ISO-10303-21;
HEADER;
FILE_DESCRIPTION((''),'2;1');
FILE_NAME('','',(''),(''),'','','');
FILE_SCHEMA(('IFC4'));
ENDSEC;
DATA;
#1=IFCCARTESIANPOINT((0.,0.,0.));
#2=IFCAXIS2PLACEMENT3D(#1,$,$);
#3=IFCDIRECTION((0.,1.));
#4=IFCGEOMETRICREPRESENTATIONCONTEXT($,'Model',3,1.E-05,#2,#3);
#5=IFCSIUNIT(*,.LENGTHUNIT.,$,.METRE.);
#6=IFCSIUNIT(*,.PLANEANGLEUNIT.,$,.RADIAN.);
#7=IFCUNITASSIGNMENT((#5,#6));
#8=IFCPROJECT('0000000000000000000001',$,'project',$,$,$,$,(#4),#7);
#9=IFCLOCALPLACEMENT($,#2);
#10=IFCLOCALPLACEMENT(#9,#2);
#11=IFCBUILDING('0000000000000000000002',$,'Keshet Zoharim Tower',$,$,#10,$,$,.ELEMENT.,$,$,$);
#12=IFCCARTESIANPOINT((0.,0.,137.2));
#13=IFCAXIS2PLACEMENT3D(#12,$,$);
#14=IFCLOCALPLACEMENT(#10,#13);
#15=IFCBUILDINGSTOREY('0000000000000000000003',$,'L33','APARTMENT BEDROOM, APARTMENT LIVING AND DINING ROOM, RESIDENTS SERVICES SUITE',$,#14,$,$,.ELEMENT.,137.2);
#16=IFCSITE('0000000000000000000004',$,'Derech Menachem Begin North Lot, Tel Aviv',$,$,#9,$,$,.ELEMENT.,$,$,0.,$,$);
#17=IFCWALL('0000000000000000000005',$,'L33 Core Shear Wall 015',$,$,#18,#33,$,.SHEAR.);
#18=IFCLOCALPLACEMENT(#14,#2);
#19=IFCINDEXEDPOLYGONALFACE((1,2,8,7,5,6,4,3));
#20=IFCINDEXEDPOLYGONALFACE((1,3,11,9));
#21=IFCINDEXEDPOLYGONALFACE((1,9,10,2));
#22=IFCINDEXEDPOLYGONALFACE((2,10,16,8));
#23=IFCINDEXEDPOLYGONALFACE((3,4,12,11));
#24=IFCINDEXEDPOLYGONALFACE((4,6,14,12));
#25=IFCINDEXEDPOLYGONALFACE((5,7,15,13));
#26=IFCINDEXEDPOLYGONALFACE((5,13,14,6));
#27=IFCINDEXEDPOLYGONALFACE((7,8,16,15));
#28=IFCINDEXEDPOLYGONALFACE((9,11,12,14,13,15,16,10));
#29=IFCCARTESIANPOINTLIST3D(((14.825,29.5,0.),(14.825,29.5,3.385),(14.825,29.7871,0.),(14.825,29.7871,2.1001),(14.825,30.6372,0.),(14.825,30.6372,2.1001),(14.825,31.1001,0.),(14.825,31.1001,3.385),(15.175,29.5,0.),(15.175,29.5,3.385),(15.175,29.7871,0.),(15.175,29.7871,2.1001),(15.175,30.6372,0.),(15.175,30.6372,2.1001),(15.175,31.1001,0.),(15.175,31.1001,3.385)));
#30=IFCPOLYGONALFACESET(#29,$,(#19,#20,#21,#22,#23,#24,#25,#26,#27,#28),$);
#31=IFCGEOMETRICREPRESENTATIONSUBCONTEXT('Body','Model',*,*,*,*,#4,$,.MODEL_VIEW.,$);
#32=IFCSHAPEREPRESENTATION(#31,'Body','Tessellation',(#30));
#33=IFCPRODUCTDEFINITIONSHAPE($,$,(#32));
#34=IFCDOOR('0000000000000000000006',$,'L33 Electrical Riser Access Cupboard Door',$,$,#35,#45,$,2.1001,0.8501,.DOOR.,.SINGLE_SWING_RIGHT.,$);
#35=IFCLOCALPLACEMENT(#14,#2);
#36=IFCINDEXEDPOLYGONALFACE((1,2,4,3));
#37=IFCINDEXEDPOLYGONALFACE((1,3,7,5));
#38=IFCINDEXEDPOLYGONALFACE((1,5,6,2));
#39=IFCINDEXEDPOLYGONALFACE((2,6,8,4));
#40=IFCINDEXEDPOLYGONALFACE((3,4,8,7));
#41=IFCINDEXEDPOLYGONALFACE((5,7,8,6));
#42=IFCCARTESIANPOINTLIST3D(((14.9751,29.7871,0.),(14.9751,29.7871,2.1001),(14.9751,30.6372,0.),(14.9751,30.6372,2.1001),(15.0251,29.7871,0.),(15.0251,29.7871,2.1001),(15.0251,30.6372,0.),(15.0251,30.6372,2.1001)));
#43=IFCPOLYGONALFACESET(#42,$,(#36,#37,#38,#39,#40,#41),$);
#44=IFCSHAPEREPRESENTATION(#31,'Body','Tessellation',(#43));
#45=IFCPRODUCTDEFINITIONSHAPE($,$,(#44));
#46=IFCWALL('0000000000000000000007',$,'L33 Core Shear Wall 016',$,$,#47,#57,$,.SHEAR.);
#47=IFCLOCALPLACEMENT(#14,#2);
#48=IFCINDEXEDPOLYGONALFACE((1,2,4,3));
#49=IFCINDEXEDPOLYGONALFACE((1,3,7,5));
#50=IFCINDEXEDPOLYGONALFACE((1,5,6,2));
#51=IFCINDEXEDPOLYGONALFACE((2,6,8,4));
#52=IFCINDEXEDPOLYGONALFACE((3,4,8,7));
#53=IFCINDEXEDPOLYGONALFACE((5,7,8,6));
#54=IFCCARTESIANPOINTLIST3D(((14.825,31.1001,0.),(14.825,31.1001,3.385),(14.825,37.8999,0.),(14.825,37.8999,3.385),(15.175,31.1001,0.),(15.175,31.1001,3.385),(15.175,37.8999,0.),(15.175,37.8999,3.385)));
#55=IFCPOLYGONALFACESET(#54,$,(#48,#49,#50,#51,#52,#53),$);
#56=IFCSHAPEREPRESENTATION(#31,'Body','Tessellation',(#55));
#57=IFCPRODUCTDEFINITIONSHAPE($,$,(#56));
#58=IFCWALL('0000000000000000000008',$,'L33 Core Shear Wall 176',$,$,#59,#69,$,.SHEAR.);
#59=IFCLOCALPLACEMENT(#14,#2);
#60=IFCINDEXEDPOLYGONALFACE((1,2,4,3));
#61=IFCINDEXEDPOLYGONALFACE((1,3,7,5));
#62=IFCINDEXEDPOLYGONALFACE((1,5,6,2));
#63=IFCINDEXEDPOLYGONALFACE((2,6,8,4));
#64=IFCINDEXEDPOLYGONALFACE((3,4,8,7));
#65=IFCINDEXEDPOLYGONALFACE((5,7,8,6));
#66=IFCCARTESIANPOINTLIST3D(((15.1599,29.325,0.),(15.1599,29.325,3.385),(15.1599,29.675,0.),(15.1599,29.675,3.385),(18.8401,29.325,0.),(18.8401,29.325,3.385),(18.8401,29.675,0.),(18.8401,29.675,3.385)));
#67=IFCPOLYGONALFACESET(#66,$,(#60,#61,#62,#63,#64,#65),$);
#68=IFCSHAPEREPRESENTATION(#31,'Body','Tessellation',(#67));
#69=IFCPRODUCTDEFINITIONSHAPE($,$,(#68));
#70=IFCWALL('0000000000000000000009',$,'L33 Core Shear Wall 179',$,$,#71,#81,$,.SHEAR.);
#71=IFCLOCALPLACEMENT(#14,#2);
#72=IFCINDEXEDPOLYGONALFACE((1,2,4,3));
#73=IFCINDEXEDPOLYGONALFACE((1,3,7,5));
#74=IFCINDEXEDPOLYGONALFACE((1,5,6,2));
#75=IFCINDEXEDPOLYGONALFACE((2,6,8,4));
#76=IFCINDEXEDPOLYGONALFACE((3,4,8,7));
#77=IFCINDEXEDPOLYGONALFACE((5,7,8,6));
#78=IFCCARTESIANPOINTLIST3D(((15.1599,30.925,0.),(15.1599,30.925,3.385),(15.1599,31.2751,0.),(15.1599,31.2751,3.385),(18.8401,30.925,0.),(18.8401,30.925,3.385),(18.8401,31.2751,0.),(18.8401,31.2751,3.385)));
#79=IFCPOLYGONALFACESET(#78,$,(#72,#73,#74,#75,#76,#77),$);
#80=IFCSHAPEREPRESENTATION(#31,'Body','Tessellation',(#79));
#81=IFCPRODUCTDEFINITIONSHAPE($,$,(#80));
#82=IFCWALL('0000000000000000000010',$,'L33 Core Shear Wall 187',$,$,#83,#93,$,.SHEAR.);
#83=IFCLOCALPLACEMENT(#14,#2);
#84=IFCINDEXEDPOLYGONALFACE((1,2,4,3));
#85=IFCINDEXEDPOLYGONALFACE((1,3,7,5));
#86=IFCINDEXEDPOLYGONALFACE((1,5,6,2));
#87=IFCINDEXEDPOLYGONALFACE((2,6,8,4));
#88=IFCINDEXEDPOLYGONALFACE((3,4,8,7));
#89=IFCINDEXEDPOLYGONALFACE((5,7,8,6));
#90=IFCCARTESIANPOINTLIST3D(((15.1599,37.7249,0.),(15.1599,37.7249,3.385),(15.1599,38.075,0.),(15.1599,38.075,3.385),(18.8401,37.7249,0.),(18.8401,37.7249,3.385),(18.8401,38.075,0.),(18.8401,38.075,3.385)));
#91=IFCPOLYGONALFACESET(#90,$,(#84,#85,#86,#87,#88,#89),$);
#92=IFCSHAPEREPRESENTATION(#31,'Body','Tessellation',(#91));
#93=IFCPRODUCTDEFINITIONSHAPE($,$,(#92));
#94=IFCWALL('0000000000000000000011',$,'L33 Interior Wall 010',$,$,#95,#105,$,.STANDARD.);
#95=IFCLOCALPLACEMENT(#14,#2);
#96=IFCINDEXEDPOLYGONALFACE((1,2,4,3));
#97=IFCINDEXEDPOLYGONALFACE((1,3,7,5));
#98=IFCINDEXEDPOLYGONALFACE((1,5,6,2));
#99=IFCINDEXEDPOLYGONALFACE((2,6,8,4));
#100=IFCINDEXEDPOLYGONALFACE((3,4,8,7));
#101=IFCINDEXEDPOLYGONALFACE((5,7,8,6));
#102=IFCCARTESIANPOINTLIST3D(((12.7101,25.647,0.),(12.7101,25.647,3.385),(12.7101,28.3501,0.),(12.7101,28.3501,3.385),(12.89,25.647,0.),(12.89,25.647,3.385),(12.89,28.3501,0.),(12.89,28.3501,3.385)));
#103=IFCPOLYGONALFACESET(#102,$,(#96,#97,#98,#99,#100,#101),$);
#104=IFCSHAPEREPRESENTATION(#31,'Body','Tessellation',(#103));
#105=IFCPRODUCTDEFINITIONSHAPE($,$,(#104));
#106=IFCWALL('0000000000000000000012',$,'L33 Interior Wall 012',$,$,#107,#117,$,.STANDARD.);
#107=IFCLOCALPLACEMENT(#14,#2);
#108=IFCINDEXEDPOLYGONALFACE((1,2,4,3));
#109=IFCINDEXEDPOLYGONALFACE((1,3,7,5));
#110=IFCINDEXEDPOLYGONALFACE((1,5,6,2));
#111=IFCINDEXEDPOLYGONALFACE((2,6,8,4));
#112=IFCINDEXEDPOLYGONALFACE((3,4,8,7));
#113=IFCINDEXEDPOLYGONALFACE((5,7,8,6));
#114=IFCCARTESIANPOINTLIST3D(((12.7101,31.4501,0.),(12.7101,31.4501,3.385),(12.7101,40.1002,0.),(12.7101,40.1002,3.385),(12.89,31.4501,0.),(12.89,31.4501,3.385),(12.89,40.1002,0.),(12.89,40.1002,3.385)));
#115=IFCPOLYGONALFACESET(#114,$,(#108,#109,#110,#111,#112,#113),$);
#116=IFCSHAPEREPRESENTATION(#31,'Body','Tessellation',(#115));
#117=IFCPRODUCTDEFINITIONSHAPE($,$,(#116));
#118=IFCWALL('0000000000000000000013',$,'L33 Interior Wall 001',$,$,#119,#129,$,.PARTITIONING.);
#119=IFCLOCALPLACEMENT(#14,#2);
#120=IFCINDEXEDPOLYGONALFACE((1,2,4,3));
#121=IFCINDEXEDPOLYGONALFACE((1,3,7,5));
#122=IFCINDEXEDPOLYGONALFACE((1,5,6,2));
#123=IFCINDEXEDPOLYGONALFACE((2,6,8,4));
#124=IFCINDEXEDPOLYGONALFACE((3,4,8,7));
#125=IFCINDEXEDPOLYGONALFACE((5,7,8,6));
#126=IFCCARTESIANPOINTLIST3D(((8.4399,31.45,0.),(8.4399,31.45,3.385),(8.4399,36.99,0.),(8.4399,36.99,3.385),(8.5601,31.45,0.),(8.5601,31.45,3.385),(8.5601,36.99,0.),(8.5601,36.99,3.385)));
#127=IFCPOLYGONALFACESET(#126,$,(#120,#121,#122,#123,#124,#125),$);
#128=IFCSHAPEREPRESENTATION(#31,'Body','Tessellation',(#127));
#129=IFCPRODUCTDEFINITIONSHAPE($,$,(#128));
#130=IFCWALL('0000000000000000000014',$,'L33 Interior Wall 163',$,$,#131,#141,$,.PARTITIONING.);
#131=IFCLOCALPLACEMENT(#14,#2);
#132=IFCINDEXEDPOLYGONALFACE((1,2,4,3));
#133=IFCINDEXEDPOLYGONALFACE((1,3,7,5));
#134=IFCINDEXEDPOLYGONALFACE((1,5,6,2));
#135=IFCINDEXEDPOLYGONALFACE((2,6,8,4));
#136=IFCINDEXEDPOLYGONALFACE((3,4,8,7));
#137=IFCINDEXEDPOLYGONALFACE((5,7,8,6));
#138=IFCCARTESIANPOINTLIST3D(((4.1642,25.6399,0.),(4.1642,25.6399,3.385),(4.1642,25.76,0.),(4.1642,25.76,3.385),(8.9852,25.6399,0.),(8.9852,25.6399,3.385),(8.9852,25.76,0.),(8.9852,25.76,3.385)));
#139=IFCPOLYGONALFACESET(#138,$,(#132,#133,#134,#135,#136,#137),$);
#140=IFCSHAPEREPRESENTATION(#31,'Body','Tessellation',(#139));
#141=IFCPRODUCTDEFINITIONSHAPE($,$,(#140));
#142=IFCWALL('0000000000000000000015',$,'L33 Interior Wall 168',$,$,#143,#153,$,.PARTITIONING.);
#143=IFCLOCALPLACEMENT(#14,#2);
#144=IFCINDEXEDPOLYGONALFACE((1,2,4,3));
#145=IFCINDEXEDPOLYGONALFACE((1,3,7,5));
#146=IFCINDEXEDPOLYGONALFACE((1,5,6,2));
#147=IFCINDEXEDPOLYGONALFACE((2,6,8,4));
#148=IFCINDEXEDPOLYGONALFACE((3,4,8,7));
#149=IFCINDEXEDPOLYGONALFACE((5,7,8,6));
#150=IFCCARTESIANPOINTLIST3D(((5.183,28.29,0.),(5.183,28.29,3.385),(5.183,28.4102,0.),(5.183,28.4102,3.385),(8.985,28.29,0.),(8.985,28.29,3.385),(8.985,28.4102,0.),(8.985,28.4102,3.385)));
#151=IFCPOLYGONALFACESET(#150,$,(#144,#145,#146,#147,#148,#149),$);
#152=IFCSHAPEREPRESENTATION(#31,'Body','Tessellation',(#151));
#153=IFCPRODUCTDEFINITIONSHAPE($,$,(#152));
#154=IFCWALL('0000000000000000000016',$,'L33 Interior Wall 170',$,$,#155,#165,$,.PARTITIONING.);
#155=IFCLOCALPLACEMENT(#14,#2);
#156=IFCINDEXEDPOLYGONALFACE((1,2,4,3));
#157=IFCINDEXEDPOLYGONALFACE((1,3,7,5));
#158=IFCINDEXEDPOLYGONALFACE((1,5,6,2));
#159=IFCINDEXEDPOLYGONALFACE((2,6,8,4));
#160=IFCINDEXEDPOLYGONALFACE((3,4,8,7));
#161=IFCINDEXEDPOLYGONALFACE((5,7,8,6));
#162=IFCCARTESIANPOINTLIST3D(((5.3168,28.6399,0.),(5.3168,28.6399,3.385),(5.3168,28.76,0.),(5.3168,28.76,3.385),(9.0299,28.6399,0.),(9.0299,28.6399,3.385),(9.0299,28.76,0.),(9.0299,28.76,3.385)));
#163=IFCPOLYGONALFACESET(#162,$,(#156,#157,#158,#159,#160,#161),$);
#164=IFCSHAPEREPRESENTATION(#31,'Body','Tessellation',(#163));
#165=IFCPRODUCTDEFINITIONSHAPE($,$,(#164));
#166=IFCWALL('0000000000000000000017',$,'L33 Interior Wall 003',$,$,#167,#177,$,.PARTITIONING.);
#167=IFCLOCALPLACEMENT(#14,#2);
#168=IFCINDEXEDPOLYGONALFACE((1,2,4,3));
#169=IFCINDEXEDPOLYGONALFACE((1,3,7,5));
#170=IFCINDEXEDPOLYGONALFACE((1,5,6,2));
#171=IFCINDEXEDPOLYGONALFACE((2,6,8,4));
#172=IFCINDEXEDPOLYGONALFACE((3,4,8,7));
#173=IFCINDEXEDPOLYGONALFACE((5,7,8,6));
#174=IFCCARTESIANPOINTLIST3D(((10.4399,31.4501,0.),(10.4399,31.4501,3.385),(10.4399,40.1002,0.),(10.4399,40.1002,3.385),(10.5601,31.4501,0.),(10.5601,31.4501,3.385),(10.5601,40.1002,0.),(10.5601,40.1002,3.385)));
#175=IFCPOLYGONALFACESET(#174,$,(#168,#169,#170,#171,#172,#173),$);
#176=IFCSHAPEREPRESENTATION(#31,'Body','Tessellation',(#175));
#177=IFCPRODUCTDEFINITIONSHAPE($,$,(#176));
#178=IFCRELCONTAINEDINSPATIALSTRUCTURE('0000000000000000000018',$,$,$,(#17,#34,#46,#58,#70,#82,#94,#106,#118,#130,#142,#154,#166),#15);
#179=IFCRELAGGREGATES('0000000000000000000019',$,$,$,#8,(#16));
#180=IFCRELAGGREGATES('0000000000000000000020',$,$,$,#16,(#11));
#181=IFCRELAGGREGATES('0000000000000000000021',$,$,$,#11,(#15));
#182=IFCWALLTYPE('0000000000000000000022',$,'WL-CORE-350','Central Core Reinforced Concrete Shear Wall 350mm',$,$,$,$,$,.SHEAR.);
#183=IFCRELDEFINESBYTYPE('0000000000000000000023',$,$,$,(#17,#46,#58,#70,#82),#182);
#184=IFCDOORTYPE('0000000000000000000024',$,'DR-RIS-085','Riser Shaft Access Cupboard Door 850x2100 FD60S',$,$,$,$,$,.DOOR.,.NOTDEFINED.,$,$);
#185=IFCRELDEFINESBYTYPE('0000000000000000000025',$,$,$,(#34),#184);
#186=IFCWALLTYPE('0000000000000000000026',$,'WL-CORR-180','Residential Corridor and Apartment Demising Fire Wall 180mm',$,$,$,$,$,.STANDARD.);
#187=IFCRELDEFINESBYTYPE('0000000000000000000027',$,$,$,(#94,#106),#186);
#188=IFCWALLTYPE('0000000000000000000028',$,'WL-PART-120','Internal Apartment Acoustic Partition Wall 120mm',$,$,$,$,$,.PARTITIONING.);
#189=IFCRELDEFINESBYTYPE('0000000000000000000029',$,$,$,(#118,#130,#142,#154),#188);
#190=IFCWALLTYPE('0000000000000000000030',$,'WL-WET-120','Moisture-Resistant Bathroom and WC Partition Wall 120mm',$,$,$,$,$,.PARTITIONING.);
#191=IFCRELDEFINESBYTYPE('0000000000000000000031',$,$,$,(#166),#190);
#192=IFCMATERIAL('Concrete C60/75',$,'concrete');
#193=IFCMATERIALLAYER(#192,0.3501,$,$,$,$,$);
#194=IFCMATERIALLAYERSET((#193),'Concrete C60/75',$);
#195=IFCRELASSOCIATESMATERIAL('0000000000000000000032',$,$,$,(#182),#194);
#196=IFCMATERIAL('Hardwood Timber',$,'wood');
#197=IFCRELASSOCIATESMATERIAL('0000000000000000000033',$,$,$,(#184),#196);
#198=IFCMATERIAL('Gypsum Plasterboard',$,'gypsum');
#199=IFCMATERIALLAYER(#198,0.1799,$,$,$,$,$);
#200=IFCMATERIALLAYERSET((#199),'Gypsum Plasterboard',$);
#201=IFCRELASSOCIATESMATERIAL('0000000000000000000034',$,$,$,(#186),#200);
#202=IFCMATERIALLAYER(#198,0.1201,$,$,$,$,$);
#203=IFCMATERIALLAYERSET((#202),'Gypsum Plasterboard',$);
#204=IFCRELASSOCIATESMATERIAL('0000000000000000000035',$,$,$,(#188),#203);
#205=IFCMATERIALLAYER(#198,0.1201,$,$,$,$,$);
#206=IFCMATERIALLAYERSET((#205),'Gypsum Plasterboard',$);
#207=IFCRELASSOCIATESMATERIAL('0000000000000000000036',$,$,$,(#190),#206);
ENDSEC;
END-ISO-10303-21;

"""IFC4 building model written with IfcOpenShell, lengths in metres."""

from ifc_helpers import new_model, si_unit, direction, frame, frame_2d, origin, place, context, subcontext, project, spatial, rectangle, extrude, material, layer, layer_set, type_object, element, fill, save


model = new_model("IFC4")

# Units and contexts
model_context = context("Model", 3, precision=1e-05, world=origin(), true_north=direction((0.0, 1.0)))
body_context = subcontext(model_context, "Body", "Model", "MODEL_VIEW")
ifc_project = project(units=[si_unit("LENGTHUNIT", "METRE"), si_unit("PLANEANGLEUNIT", "RADIAN")], contexts=[model_context])

# Site, building, storey
site_placement = place(None, origin())
site = spatial("IfcSite", under=ifc_project, at=site_placement, Name="Derech Menachem Begin North Lot, Tel Aviv", CompositionType="ELEMENT", RefElevation=0.0)
building_placement = place(site_placement, origin())
building = spatial("IfcBuilding", under=site, at=building_placement, Name="Keshet Zoharim Tower", CompositionType="ELEMENT")
storey_placement = place(building_placement, frame((0.0, 0.0, 137.2)))
storey = spatial("IfcBuildingStorey", under=building, at=storey_placement, Name="L33", Description="APARTMENT BEDROOM, APARTMENT LIVING AND DINING ROOM, RESIDENTS SERVICES SUITE", CompositionType="ELEMENT", Elevation=137.2)

# Wall, opening, door
ifc_material_1 = material(Name="Concrete C60/75", Category="concrete")
ifc_layer_1 = layer(ifc_material_1, 0.3501)
ifc_layer_set_1 = layer_set([ifc_layer_1], Name="Concrete C60/75")
wall_type_1 = type_object("IfcWallType", Name="WL-CORE-350", Description="Central Core Reinforced Concrete Shear Wall 350mm", PredefinedType="SHEAR", material=ifc_layer_set_1)
wall_1_placement = place(storey_placement, frame((15.0, 29.5, 0.0), z_axis=(0.0, 0.0, 1.0), x_axis=(0.0, 1.0, 0.0)))
wall_1 = element("IfcWall", 1, at=wall_1_placement, inside=storey, type_object=wall_type_1, Name="L33 Core Shear Wall 015", PredefinedType="SHEAR", context=body_context, shape_type="SweptSolid", body=[
    extrude(rectangle(XDim=1.6001, YDim=0.3501, at=frame_2d((0.8, 0.0))), origin(), (0.0, 0.0, 1.0), 3.385),
])
opening_1_placement = place(wall_1_placement, frame((0.2871, 0.0, 0.0)))
opening_1 = element("IfcOpeningElement", 2, at=opening_1_placement, cuts=wall_1, PredefinedType="OPENING", context=body_context, shape_type="SweptSolid", body=[
    extrude(rectangle(XDim=0.8501, YDim=2.1001, at=frame_2d((0.425, 1.05))), frame((0.0, 0.1851, 0.0), z_axis=(0.0, -1.0, 0.0), x_axis=(1.0, 0.0, 0.0)), (0.0, 0.0, 1.0), 0.3701),
])
ifc_material_2 = material(Name="Hardwood Timber", Category="wood")
door_type_1 = type_object("IfcDoorType", Name="DR-RIS-085", Description="Riser Shaft Access Cupboard Door 850x2100 FD60S", OperationType="NOTDEFINED", PredefinedType="DOOR", material=ifc_material_2)
door_1_placement = place(opening_1_placement, origin())
door_1 = element("IfcDoor", 3, at=door_1_placement, inside=storey, type_object=door_type_1, Name="L33 Electrical Riser Access Cupboard Door", OperationType="SINGLE_SWING_RIGHT", OverallHeight=2.1001, OverallWidth=0.8501, PredefinedType="DOOR", context=body_context, shape_type="SweptSolid", body=[
    extrude(rectangle(XDim=0.8501, YDim=2.1001, at=frame_2d((0.425, 1.05))), frame((0.0, 0.0249, 0.0), z_axis=(0.0, -1.0, 0.0), x_axis=(1.0, 0.0, 0.0)), (0.0, 0.0, 1.0), 0.05),
])
fill(opening_1, door_1)

# Walls
wall_2_placement = place(storey_placement, frame((15.0, 31.1001, 0.0), z_axis=(0.0, 0.0, 1.0), x_axis=(0.0, 1.0, 0.0)))
element("IfcWall", 4, at=wall_2_placement, inside=storey, type_object=wall_type_1, Name="L33 Core Shear Wall 016", PredefinedType="SHEAR", context=body_context, shape_type="SweptSolid", body=[
    extrude(rectangle(XDim=6.7998, YDim=0.3501, at=frame_2d((3.3999, 0.0))), origin(), (0.0, 0.0, 1.0), 3.385),
])
for number, where, z_axis, x_axis, name in (
    (5, (15.1599, 29.5, 0.0), (0.0, 0.0, 1.0), (1.0, 0.0, 0.0), "L33 Core Shear Wall 176"),
    (6, (15.1599, 31.1001, 0.0), (0.0, 0.0, 1.0), (1.0, 0.0, 0.0), "L33 Core Shear Wall 179"),
    (7, (15.1599, 37.8999, 0.0), (0.0, 0.0, 1.0), (1.0, 0.0, 0.0), "L33 Core Shear Wall 187"),
):
    element("IfcWall", number, at=place(storey_placement, frame(where, z_axis=z_axis, x_axis=x_axis)), inside=storey, type_object=wall_type_1, Name=name, PredefinedType="SHEAR", context=body_context, shape_type="SweptSolid", body=[
        extrude(rectangle(XDim=3.6802, YDim=0.3501, at=frame_2d((1.8401, 0.0))), origin(), (0.0, 0.0, 1.0), 3.385),
    ])
ifc_material_3 = material(Name="Gypsum Plasterboard", Category="gypsum")
ifc_layer_2 = layer(ifc_material_3, 0.1799)
ifc_layer_set_2 = layer_set([ifc_layer_2], Name="Gypsum Plasterboard")
wall_type_2 = type_object("IfcWallType", Name="WL-CORR-180", Description="Residential Corridor and Apartment Demising Fire Wall 180mm", PredefinedType="STANDARD", material=ifc_layer_set_2)
wall_3_placement = place(storey_placement, frame((12.8, 25.647, 0.0), z_axis=(0.0, 0.0, 1.0), x_axis=(0.0, 1.0, 0.0)))
element("IfcWall", 8, at=wall_3_placement, inside=storey, type_object=wall_type_2, Name="L33 Interior Wall 010", PredefinedType="STANDARD", context=body_context, shape_type="SweptSolid", body=[
    extrude(rectangle(XDim=2.7031, YDim=0.1799, at=frame_2d((1.3516, 0.0))), origin(), (0.0, 0.0, 1.0), 3.385),
])

# Walls
wall_4_placement = place(storey_placement, frame((12.8, 31.45, 0.0), z_axis=(0.0, 0.0, 1.0), x_axis=(0.0, 1.0, 0.0)))
element("IfcWall", 9, at=wall_4_placement, inside=storey, type_object=wall_type_2, Name="L33 Interior Wall 012", PredefinedType="STANDARD", context=body_context, shape_type="SweptSolid", body=[
    extrude(rectangle(XDim=8.6501, YDim=0.1799, at=frame_2d((4.3252, 0.0))), origin(), (0.0, 0.0, 1.0), 3.385),
])
ifc_layer_3 = layer(ifc_material_3, 0.1201)
ifc_layer_set_3 = layer_set([ifc_layer_3], Name="Gypsum Plasterboard")
wall_type_3 = type_object("IfcWallType", Name="WL-PART-120", Description="Internal Apartment Acoustic Partition Wall 120mm", PredefinedType="PARTITIONING", material=ifc_layer_set_3)
wall_5_placement = place(storey_placement, frame((8.5, 31.45, 0.0), z_axis=(0.0, 0.0, 1.0), x_axis=(0.0, 1.0, 0.0)))
element("IfcWall", 10, at=wall_5_placement, inside=storey, type_object=wall_type_3, Name="L33 Interior Wall 001", PredefinedType="PARTITIONING", context=body_context, shape_type="SweptSolid", body=[
    extrude(rectangle(XDim=5.54, YDim=0.1201, at=frame_2d((2.77, 0.0))), origin(), (0.0, 0.0, 1.0), 3.385),
])

# Walls
wall_6_placement = place(storey_placement, frame((4.1641, 25.7, 0.0), z_axis=(0.0, 0.0, 1.0), x_axis=(1.0, 0.0, 0.0)))
element("IfcWall", 11, at=wall_6_placement, inside=storey, type_object=wall_type_3, Name="L33 Interior Wall 163", PredefinedType="PARTITIONING", context=body_context, shape_type="SweptSolid", body=[
    extrude(rectangle(XDim=4.821, YDim=0.1201, at=frame_2d((2.4106, 0.0))), origin(), (0.0, 0.0, 1.0), 3.385),
])
wall_7_placement = place(storey_placement, frame((5.1831, 28.3501, 0.0), z_axis=(0.0, 0.0, 1.0), x_axis=(1.0, 0.0, 0.0)))
element("IfcWall", 12, at=wall_7_placement, inside=storey, type_object=wall_type_3, Name="L33 Interior Wall 168", PredefinedType="PARTITIONING", context=body_context, shape_type="SweptSolid", body=[
    extrude(rectangle(XDim=3.802, YDim=0.1201, at=frame_2d((1.9009, 0.0))), origin(), (0.0, 0.0, 1.0), 3.385),
])
wall_8_placement = place(storey_placement, frame((5.3169, 28.7, 0.0), z_axis=(0.0, 0.0, 1.0), x_axis=(1.0, 0.0, 0.0)))
element("IfcWall", 13, at=wall_8_placement, inside=storey, type_object=wall_type_3, Name="L33 Interior Wall 170", PredefinedType="PARTITIONING", context=body_context, shape_type="SweptSolid", body=[
    extrude(rectangle(XDim=3.7131, YDim=0.1201, at=frame_2d((1.8564, 0.0))), origin(), (0.0, 0.0, 1.0), 3.385),
])

# Wall
ifc_layer_4 = layer(ifc_material_3, 0.1201)
ifc_layer_set_4 = layer_set([ifc_layer_4], Name="Gypsum Plasterboard")
wall_type_4 = type_object("IfcWallType", Name="WL-WET-120", Description="Moisture-Resistant Bathroom and WC Partition Wall 120mm", PredefinedType="PARTITIONING", material=ifc_layer_set_4)
wall_9_placement = place(storey_placement, frame((10.5, 31.45, 0.0), z_axis=(0.0, 0.0, 1.0), x_axis=(0.0, 1.0, 0.0)))
element("IfcWall", 14, at=wall_9_placement, inside=storey, type_object=wall_type_4, Name="L33 Interior Wall 003", PredefinedType="PARTITIONING", context=body_context, shape_type="SweptSolid", body=[
    extrude(rectangle(XDim=8.6501, YDim=0.1201, at=frame_2d((4.3252, 0.0))), origin(), (0.0, 0.0, 1.0), 3.385),
])

save(model, "model.ifc")
